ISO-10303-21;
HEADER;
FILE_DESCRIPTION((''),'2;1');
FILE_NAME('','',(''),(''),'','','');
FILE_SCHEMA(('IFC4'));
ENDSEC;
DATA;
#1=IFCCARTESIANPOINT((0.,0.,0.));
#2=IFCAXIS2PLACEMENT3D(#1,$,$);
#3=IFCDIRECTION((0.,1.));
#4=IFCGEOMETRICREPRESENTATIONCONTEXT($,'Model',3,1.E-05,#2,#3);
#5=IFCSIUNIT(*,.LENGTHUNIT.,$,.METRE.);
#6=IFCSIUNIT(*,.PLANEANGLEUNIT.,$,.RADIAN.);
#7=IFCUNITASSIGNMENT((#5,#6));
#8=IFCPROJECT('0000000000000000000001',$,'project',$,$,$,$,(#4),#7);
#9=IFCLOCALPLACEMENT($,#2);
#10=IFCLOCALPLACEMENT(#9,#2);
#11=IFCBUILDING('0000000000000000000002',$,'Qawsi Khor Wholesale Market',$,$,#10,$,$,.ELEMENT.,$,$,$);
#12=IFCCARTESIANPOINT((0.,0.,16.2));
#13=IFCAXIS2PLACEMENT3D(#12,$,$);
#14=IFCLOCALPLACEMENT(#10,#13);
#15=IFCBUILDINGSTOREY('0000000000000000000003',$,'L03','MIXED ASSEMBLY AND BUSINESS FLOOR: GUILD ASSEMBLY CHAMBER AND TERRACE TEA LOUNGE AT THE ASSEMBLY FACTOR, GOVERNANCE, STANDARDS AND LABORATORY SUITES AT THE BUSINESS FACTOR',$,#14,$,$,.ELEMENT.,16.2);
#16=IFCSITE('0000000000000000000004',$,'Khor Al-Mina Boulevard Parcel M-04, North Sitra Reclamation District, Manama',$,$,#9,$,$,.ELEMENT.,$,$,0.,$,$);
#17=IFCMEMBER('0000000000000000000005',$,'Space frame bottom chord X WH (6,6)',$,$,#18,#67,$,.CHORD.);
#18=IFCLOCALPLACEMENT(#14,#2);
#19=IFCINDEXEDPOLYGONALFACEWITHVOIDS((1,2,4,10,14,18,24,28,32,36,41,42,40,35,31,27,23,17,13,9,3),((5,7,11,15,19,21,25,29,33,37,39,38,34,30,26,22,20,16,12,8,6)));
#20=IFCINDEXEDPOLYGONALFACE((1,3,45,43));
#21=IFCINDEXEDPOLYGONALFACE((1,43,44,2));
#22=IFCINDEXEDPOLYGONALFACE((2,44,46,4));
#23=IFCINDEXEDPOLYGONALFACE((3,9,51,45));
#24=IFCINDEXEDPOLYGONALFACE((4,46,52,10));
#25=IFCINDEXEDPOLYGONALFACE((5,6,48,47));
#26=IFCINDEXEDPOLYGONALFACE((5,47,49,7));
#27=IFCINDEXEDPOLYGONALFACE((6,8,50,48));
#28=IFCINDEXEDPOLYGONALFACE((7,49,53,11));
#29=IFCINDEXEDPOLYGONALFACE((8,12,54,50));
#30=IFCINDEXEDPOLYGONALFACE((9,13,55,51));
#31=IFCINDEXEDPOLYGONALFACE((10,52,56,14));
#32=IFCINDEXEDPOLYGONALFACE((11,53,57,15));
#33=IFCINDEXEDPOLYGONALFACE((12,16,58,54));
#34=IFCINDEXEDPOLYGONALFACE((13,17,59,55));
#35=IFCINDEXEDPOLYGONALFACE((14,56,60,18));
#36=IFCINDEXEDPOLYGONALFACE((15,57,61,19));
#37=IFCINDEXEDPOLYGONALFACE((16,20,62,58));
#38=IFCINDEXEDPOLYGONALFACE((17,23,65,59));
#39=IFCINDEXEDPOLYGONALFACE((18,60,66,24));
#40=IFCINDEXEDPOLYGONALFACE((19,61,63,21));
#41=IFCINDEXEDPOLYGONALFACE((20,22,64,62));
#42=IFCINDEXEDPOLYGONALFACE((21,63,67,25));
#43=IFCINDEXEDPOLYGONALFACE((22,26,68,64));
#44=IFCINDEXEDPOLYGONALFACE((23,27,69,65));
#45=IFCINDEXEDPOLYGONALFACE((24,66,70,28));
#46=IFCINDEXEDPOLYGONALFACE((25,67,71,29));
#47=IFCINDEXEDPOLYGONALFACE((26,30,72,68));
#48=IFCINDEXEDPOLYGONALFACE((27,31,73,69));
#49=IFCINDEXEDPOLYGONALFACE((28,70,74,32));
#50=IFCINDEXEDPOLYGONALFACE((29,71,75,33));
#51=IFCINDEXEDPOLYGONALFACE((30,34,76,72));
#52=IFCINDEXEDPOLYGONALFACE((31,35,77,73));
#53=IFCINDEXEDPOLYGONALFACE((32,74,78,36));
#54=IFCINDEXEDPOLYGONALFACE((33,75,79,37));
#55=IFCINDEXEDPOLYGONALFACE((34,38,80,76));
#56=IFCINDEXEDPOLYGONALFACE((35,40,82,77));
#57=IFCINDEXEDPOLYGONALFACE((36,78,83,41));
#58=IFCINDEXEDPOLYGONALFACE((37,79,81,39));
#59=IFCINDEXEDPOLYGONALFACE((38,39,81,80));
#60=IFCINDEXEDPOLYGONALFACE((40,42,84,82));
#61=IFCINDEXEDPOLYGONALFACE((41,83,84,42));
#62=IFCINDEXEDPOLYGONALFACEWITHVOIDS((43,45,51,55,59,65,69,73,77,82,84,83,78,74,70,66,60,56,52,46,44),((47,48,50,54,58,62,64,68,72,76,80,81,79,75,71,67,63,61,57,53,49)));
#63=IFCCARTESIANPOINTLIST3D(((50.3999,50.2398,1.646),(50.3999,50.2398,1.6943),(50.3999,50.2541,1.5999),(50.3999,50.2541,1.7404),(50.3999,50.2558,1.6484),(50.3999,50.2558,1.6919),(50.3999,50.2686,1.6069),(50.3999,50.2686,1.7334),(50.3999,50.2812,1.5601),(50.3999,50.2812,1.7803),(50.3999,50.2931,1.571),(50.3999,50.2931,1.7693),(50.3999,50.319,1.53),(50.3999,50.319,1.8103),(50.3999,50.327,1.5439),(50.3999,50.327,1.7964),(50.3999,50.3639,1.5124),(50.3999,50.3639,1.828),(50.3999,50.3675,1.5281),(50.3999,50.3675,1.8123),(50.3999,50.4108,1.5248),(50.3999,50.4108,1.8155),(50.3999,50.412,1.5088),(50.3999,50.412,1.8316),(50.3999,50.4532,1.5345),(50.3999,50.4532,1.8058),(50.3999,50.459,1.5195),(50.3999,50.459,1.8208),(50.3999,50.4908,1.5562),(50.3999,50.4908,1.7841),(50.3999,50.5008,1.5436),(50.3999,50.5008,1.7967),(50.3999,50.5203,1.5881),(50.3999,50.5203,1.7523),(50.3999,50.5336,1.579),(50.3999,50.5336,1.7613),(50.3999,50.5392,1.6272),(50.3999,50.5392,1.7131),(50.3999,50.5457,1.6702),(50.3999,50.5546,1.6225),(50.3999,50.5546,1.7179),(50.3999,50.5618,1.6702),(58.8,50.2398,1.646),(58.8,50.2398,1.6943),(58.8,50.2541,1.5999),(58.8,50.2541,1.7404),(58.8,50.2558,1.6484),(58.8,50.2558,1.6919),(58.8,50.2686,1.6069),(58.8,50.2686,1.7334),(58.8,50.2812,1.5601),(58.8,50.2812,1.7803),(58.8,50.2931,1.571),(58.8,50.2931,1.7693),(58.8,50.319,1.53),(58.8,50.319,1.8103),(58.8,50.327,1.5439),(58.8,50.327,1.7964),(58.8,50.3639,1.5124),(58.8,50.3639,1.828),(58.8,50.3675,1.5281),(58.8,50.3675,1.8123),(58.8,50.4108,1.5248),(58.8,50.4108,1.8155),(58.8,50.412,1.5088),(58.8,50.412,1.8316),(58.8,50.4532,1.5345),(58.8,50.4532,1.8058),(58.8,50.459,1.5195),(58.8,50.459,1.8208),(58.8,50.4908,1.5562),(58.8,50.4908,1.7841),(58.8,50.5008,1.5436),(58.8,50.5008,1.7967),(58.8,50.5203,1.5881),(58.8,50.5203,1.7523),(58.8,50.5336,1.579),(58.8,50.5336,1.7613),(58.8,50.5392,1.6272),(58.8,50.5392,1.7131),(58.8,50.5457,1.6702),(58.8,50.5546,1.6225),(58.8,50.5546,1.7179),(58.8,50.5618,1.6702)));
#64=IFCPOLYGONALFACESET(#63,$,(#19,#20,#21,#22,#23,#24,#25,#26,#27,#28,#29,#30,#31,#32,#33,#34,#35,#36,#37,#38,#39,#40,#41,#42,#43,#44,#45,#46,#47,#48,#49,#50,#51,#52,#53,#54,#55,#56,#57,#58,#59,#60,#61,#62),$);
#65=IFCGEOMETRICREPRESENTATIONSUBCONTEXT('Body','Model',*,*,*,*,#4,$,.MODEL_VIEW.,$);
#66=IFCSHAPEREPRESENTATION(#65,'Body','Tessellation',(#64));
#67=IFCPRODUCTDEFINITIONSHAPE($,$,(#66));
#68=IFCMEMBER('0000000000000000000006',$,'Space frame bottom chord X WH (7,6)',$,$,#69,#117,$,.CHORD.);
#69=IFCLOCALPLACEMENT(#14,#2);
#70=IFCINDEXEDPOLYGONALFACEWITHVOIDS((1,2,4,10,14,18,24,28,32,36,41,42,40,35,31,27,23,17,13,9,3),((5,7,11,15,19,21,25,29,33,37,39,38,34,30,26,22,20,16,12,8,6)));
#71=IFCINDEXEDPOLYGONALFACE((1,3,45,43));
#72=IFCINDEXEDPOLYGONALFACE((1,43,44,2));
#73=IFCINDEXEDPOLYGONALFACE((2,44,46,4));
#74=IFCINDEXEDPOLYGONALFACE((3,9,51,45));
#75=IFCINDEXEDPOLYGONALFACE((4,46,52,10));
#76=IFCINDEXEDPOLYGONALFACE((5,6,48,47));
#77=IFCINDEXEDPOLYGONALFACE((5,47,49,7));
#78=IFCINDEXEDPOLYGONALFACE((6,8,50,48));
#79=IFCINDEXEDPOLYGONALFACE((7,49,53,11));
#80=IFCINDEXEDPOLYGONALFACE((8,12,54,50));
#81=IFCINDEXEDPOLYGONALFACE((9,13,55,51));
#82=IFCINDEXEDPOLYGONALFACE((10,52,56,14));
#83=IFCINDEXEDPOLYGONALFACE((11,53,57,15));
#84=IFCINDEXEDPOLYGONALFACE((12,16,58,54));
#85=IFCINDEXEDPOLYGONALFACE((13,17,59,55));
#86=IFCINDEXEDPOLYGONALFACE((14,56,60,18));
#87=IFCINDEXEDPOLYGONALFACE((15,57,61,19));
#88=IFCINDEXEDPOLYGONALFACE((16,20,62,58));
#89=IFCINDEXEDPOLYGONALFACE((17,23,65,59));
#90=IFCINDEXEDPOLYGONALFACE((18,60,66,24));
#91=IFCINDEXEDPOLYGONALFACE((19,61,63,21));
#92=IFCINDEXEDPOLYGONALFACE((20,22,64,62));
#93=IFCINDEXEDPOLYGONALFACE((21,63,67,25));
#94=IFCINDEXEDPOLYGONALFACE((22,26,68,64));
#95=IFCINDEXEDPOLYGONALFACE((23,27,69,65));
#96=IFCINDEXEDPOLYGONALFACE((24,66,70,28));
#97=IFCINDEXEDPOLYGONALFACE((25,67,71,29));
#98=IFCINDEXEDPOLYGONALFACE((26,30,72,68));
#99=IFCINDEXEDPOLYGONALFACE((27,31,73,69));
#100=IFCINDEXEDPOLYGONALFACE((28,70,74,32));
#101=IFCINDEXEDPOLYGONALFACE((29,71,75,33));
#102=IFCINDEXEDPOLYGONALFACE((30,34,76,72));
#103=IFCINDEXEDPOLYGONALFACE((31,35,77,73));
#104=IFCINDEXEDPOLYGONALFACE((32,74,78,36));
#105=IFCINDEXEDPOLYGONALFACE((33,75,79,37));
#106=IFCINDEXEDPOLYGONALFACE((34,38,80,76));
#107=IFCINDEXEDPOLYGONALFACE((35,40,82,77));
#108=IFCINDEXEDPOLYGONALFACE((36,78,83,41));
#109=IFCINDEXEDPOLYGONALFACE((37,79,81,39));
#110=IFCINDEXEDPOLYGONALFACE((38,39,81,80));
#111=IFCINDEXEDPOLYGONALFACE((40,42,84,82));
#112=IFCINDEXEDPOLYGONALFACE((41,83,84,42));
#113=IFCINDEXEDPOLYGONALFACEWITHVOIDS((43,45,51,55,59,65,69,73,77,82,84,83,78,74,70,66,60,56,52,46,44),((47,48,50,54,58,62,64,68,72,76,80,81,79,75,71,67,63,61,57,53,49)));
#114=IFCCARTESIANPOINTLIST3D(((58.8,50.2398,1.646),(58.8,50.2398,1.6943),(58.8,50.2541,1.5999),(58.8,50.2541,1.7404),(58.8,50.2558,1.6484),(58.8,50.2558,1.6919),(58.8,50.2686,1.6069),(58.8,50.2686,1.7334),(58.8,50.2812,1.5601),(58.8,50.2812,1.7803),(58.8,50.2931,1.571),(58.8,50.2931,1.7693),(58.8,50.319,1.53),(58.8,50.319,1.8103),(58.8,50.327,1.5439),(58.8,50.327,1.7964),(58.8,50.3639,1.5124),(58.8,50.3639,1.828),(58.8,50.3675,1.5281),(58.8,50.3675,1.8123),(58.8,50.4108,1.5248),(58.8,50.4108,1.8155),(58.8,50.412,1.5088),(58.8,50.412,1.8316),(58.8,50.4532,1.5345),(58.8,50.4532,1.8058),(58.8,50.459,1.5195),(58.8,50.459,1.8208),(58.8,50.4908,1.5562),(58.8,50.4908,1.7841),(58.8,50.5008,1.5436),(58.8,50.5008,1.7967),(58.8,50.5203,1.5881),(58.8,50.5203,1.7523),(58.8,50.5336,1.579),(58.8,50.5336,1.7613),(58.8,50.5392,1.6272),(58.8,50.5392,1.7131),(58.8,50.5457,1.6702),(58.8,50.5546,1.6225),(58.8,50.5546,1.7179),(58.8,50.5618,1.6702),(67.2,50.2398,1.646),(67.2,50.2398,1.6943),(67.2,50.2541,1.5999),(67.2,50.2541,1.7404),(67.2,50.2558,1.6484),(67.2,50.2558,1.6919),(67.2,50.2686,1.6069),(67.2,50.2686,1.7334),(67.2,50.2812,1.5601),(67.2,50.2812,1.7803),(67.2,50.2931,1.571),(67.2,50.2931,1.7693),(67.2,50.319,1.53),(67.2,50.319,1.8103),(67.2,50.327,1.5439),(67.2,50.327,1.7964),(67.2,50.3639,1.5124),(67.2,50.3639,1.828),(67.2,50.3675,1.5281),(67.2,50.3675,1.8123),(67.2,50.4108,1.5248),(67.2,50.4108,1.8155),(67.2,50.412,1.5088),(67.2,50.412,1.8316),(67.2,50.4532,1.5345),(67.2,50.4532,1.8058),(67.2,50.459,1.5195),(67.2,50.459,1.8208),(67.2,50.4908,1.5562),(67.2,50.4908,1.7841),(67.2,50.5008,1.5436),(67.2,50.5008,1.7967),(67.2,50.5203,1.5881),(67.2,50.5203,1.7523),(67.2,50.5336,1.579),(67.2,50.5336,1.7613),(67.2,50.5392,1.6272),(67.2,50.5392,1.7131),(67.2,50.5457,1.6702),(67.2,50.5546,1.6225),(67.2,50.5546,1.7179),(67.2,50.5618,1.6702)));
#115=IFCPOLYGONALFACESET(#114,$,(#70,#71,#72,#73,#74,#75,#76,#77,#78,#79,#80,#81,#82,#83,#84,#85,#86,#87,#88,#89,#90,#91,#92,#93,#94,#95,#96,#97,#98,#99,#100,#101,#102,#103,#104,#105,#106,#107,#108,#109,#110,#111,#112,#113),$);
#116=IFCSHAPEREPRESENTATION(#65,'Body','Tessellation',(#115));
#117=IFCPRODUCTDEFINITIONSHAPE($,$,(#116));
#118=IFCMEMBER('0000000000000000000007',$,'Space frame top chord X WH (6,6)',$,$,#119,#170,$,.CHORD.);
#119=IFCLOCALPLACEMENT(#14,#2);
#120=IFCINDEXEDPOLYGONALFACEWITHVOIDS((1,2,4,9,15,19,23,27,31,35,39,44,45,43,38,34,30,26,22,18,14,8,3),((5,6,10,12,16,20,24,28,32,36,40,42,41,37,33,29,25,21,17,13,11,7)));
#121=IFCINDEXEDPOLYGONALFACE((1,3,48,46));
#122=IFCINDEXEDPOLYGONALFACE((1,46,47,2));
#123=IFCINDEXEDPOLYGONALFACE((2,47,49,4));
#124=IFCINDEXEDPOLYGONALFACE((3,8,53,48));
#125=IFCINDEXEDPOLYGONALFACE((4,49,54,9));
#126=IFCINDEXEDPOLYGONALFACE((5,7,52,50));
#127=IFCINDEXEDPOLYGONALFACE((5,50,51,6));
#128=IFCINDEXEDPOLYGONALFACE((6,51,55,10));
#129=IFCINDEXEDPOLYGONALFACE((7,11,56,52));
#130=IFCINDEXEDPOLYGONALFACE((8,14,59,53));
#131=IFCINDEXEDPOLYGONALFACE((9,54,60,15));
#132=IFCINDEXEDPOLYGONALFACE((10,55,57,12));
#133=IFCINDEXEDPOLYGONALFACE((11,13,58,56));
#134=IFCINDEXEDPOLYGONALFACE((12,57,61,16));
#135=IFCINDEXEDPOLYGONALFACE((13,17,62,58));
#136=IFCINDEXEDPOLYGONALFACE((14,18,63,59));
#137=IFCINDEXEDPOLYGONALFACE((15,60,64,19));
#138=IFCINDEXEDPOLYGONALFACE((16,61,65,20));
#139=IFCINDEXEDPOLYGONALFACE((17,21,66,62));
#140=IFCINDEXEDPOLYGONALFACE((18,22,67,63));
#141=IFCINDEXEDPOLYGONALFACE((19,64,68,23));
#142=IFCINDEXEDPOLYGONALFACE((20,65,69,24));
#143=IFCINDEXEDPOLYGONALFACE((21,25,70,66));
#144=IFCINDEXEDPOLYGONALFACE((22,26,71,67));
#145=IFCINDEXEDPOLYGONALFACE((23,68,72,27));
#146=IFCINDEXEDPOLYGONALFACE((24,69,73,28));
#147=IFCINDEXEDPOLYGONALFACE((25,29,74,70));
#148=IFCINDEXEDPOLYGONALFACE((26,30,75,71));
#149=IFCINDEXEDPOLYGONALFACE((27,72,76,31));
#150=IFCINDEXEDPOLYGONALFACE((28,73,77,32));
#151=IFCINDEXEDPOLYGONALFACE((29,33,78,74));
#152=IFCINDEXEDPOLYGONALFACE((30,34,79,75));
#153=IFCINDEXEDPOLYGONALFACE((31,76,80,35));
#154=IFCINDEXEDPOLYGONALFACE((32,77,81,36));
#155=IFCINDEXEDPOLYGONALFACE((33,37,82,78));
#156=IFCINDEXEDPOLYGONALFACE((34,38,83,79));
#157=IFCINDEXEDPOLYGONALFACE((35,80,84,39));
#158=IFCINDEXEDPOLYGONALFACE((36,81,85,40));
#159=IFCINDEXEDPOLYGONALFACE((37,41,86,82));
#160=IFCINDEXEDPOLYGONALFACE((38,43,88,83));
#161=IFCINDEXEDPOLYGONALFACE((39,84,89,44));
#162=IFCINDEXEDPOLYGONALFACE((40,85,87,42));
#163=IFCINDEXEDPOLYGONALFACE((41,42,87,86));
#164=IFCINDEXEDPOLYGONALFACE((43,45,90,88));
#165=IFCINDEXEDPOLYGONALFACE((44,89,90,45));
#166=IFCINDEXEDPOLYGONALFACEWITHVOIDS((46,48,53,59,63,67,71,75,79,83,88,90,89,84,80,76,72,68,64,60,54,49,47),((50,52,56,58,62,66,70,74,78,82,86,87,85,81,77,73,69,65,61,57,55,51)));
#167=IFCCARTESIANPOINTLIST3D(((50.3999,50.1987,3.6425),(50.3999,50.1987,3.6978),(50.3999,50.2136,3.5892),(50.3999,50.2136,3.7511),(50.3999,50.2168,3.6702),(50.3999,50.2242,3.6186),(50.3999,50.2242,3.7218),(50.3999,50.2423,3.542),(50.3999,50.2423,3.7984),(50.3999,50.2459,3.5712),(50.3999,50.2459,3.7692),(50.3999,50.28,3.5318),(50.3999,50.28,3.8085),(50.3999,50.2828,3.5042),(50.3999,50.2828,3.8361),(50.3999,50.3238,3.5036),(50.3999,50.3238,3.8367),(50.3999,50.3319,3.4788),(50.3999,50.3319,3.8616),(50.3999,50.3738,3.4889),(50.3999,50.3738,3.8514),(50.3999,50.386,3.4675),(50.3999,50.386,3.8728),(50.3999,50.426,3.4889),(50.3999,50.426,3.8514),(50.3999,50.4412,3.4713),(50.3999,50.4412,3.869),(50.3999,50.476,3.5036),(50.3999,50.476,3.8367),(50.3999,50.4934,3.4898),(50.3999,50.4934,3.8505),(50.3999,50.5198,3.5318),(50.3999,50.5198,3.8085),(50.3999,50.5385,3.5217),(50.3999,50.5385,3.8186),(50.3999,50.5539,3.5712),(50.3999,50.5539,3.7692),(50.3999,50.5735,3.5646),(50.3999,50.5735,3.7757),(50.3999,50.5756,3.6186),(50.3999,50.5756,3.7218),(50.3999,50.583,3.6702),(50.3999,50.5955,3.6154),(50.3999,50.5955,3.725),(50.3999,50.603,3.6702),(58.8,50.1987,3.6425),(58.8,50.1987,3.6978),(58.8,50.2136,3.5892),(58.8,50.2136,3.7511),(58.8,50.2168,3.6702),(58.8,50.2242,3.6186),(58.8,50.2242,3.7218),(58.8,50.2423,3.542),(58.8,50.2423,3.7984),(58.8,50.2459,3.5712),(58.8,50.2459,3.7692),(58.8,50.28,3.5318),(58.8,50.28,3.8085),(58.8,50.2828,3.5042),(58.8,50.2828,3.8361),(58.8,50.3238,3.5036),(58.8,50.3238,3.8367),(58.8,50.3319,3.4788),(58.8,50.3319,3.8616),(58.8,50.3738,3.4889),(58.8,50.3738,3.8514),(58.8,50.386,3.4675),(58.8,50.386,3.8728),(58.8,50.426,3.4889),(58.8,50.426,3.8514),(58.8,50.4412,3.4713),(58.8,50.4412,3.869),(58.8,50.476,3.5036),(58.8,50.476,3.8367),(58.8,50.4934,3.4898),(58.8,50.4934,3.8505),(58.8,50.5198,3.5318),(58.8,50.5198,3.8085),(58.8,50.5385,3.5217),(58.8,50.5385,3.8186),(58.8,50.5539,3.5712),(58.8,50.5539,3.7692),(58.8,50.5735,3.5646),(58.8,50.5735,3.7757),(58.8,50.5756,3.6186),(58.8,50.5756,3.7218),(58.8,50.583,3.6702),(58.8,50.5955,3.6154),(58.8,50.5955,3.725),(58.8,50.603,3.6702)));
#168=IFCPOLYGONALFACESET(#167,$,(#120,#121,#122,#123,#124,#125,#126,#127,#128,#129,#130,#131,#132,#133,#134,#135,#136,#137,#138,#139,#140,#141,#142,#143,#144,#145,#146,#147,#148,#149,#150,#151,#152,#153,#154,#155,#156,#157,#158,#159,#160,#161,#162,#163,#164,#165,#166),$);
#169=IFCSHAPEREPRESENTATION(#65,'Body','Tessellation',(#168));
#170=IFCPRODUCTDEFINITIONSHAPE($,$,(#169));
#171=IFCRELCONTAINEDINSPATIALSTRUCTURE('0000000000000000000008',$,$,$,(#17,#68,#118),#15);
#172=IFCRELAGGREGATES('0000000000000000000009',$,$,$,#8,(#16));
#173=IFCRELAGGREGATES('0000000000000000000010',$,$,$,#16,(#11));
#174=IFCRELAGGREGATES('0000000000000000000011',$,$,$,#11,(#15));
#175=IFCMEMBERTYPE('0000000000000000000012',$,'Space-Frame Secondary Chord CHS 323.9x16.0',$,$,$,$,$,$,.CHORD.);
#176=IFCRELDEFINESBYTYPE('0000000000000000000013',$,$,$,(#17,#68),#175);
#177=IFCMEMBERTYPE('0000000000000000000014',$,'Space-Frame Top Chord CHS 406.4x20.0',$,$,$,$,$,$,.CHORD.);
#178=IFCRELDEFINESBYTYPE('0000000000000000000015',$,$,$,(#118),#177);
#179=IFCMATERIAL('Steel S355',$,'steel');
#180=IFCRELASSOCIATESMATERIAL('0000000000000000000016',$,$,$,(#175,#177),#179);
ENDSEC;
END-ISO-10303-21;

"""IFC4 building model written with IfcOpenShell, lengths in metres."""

from ifc_helpers import new_model, si_unit, direction, frame, origin, origin_2d, place, context, subcontext, project, spatial, hollow_circle, extrude, material, material_profile, profile_set, type_object, element, save


model = new_model("IFC4")

# Units and contexts
model_context = context("Model", 3, precision=1e-05, world=origin(), true_north=direction((0.0, 1.0)))
body_context = subcontext(model_context, "Body", "Model", "MODEL_VIEW")
ifc_project = project(units=[si_unit("LENGTHUNIT", "METRE"), si_unit("PLANEANGLEUNIT", "RADIAN")], contexts=[model_context])

# Site, building, storey
site_placement = place(None, origin())
site = spatial("IfcSite", under=ifc_project, at=site_placement, Name="Khor Al-Mina Boulevard Parcel M-04, North Sitra Reclamation District, Manama", CompositionType="ELEMENT", RefElevation=0.0)
building_placement = place(site_placement, origin())
building = spatial("IfcBuilding", under=site, at=building_placement, Name="Qawsi Khor Wholesale Market", CompositionType="ELEMENT")
storey_placement = place(building_placement, frame((0.0, 0.0, 16.2)))
storey = spatial("IfcBuildingStorey", under=building, at=storey_placement, Name="L03", Description="MIXED ASSEMBLY AND BUSINESS FLOOR: GUILD ASSEMBLY CHAMBER AND TERRACE TEA LOUNGE AT THE ASSEMBLY FACTOR, GOVERNANCE, STANDARDS AND LABORATORY SUITES AT THE BUSINESS FACTOR", CompositionType="ELEMENT", Elevation=16.2)

# Members
ifc_material_1 = material(Name="Steel S355", Category="steel")
ifc_material_profile_1 = material_profile(ifc_material_1, hollow_circle(Radius=0.1619, WallThickness=0.0161, at=origin_2d()), Name="CHS 323.9x16.0")
ifc_profile_set_1 = profile_set([ifc_material_profile_1], Name="Steel S355")
member_type_1 = type_object("IfcMemberType", Name="Space-Frame Secondary Chord CHS 323.9x16.0", PredefinedType="CHORD", material=ifc_profile_set_1)
member_1_placement = place(storey_placement, frame((50.3999, 50.3999, 1.6702), z_axis=(1.0, 0.0, 0.0), x_axis=(0.0, 1.0, 0.0)))
element("IfcMember", 1, at=member_1_placement, inside=storey, type_object=member_type_1, Name="Space frame bottom chord X WH (6,6)", PredefinedType="CHORD", context=body_context, shape_type="SweptSolid", body=[
    extrude(hollow_circle(Radius=0.1619, WallThickness=0.0161, at=origin_2d()), origin(), (0.0, 0.0, 1.0), 8.4001),
])
member_2_placement = place(storey_placement, frame((58.8, 50.3999, 1.6702), z_axis=(1.0, 0.0, 0.0), x_axis=(0.0, 1.0, 0.0)))
element("IfcMember", 2, at=member_2_placement, inside=storey, type_object=member_type_1, Name="Space frame bottom chord X WH (7,6)", PredefinedType="CHORD", context=body_context, shape_type="SweptSolid", body=[
    extrude(hollow_circle(Radius=0.1619, WallThickness=0.0161, at=origin_2d()), origin(), (0.0, 0.0, 1.0), 8.3999),
])
ifc_material_profile_2 = material_profile(ifc_material_1, hollow_circle(Radius=0.2031, WallThickness=0.02, at=origin_2d()), Name="CHS 406.4x20.0")
ifc_profile_set_2 = profile_set([ifc_material_profile_2], Name="Steel S355")
member_type_2 = type_object("IfcMemberType", Name="Space-Frame Top Chord CHS 406.4x20.0", PredefinedType="CHORD", material=ifc_profile_set_2)
member_3_placement = place(storey_placement, frame((50.3999, 50.3999, 3.6702), z_axis=(1.0, 0.0, 0.0), x_axis=(0.0, 1.0, 0.0)))
element("IfcMember", 3, at=member_3_placement, inside=storey, type_object=member_type_2, Name="Space frame top chord X WH (6,6)", PredefinedType="CHORD", context=body_context, shape_type="SweptSolid", body=[
    extrude(hollow_circle(Radius=0.2031, WallThickness=0.02, at=origin_2d()), origin(), (0.0, 0.0, 1.0), 8.4001),
])

save(model, "model.ifc")
